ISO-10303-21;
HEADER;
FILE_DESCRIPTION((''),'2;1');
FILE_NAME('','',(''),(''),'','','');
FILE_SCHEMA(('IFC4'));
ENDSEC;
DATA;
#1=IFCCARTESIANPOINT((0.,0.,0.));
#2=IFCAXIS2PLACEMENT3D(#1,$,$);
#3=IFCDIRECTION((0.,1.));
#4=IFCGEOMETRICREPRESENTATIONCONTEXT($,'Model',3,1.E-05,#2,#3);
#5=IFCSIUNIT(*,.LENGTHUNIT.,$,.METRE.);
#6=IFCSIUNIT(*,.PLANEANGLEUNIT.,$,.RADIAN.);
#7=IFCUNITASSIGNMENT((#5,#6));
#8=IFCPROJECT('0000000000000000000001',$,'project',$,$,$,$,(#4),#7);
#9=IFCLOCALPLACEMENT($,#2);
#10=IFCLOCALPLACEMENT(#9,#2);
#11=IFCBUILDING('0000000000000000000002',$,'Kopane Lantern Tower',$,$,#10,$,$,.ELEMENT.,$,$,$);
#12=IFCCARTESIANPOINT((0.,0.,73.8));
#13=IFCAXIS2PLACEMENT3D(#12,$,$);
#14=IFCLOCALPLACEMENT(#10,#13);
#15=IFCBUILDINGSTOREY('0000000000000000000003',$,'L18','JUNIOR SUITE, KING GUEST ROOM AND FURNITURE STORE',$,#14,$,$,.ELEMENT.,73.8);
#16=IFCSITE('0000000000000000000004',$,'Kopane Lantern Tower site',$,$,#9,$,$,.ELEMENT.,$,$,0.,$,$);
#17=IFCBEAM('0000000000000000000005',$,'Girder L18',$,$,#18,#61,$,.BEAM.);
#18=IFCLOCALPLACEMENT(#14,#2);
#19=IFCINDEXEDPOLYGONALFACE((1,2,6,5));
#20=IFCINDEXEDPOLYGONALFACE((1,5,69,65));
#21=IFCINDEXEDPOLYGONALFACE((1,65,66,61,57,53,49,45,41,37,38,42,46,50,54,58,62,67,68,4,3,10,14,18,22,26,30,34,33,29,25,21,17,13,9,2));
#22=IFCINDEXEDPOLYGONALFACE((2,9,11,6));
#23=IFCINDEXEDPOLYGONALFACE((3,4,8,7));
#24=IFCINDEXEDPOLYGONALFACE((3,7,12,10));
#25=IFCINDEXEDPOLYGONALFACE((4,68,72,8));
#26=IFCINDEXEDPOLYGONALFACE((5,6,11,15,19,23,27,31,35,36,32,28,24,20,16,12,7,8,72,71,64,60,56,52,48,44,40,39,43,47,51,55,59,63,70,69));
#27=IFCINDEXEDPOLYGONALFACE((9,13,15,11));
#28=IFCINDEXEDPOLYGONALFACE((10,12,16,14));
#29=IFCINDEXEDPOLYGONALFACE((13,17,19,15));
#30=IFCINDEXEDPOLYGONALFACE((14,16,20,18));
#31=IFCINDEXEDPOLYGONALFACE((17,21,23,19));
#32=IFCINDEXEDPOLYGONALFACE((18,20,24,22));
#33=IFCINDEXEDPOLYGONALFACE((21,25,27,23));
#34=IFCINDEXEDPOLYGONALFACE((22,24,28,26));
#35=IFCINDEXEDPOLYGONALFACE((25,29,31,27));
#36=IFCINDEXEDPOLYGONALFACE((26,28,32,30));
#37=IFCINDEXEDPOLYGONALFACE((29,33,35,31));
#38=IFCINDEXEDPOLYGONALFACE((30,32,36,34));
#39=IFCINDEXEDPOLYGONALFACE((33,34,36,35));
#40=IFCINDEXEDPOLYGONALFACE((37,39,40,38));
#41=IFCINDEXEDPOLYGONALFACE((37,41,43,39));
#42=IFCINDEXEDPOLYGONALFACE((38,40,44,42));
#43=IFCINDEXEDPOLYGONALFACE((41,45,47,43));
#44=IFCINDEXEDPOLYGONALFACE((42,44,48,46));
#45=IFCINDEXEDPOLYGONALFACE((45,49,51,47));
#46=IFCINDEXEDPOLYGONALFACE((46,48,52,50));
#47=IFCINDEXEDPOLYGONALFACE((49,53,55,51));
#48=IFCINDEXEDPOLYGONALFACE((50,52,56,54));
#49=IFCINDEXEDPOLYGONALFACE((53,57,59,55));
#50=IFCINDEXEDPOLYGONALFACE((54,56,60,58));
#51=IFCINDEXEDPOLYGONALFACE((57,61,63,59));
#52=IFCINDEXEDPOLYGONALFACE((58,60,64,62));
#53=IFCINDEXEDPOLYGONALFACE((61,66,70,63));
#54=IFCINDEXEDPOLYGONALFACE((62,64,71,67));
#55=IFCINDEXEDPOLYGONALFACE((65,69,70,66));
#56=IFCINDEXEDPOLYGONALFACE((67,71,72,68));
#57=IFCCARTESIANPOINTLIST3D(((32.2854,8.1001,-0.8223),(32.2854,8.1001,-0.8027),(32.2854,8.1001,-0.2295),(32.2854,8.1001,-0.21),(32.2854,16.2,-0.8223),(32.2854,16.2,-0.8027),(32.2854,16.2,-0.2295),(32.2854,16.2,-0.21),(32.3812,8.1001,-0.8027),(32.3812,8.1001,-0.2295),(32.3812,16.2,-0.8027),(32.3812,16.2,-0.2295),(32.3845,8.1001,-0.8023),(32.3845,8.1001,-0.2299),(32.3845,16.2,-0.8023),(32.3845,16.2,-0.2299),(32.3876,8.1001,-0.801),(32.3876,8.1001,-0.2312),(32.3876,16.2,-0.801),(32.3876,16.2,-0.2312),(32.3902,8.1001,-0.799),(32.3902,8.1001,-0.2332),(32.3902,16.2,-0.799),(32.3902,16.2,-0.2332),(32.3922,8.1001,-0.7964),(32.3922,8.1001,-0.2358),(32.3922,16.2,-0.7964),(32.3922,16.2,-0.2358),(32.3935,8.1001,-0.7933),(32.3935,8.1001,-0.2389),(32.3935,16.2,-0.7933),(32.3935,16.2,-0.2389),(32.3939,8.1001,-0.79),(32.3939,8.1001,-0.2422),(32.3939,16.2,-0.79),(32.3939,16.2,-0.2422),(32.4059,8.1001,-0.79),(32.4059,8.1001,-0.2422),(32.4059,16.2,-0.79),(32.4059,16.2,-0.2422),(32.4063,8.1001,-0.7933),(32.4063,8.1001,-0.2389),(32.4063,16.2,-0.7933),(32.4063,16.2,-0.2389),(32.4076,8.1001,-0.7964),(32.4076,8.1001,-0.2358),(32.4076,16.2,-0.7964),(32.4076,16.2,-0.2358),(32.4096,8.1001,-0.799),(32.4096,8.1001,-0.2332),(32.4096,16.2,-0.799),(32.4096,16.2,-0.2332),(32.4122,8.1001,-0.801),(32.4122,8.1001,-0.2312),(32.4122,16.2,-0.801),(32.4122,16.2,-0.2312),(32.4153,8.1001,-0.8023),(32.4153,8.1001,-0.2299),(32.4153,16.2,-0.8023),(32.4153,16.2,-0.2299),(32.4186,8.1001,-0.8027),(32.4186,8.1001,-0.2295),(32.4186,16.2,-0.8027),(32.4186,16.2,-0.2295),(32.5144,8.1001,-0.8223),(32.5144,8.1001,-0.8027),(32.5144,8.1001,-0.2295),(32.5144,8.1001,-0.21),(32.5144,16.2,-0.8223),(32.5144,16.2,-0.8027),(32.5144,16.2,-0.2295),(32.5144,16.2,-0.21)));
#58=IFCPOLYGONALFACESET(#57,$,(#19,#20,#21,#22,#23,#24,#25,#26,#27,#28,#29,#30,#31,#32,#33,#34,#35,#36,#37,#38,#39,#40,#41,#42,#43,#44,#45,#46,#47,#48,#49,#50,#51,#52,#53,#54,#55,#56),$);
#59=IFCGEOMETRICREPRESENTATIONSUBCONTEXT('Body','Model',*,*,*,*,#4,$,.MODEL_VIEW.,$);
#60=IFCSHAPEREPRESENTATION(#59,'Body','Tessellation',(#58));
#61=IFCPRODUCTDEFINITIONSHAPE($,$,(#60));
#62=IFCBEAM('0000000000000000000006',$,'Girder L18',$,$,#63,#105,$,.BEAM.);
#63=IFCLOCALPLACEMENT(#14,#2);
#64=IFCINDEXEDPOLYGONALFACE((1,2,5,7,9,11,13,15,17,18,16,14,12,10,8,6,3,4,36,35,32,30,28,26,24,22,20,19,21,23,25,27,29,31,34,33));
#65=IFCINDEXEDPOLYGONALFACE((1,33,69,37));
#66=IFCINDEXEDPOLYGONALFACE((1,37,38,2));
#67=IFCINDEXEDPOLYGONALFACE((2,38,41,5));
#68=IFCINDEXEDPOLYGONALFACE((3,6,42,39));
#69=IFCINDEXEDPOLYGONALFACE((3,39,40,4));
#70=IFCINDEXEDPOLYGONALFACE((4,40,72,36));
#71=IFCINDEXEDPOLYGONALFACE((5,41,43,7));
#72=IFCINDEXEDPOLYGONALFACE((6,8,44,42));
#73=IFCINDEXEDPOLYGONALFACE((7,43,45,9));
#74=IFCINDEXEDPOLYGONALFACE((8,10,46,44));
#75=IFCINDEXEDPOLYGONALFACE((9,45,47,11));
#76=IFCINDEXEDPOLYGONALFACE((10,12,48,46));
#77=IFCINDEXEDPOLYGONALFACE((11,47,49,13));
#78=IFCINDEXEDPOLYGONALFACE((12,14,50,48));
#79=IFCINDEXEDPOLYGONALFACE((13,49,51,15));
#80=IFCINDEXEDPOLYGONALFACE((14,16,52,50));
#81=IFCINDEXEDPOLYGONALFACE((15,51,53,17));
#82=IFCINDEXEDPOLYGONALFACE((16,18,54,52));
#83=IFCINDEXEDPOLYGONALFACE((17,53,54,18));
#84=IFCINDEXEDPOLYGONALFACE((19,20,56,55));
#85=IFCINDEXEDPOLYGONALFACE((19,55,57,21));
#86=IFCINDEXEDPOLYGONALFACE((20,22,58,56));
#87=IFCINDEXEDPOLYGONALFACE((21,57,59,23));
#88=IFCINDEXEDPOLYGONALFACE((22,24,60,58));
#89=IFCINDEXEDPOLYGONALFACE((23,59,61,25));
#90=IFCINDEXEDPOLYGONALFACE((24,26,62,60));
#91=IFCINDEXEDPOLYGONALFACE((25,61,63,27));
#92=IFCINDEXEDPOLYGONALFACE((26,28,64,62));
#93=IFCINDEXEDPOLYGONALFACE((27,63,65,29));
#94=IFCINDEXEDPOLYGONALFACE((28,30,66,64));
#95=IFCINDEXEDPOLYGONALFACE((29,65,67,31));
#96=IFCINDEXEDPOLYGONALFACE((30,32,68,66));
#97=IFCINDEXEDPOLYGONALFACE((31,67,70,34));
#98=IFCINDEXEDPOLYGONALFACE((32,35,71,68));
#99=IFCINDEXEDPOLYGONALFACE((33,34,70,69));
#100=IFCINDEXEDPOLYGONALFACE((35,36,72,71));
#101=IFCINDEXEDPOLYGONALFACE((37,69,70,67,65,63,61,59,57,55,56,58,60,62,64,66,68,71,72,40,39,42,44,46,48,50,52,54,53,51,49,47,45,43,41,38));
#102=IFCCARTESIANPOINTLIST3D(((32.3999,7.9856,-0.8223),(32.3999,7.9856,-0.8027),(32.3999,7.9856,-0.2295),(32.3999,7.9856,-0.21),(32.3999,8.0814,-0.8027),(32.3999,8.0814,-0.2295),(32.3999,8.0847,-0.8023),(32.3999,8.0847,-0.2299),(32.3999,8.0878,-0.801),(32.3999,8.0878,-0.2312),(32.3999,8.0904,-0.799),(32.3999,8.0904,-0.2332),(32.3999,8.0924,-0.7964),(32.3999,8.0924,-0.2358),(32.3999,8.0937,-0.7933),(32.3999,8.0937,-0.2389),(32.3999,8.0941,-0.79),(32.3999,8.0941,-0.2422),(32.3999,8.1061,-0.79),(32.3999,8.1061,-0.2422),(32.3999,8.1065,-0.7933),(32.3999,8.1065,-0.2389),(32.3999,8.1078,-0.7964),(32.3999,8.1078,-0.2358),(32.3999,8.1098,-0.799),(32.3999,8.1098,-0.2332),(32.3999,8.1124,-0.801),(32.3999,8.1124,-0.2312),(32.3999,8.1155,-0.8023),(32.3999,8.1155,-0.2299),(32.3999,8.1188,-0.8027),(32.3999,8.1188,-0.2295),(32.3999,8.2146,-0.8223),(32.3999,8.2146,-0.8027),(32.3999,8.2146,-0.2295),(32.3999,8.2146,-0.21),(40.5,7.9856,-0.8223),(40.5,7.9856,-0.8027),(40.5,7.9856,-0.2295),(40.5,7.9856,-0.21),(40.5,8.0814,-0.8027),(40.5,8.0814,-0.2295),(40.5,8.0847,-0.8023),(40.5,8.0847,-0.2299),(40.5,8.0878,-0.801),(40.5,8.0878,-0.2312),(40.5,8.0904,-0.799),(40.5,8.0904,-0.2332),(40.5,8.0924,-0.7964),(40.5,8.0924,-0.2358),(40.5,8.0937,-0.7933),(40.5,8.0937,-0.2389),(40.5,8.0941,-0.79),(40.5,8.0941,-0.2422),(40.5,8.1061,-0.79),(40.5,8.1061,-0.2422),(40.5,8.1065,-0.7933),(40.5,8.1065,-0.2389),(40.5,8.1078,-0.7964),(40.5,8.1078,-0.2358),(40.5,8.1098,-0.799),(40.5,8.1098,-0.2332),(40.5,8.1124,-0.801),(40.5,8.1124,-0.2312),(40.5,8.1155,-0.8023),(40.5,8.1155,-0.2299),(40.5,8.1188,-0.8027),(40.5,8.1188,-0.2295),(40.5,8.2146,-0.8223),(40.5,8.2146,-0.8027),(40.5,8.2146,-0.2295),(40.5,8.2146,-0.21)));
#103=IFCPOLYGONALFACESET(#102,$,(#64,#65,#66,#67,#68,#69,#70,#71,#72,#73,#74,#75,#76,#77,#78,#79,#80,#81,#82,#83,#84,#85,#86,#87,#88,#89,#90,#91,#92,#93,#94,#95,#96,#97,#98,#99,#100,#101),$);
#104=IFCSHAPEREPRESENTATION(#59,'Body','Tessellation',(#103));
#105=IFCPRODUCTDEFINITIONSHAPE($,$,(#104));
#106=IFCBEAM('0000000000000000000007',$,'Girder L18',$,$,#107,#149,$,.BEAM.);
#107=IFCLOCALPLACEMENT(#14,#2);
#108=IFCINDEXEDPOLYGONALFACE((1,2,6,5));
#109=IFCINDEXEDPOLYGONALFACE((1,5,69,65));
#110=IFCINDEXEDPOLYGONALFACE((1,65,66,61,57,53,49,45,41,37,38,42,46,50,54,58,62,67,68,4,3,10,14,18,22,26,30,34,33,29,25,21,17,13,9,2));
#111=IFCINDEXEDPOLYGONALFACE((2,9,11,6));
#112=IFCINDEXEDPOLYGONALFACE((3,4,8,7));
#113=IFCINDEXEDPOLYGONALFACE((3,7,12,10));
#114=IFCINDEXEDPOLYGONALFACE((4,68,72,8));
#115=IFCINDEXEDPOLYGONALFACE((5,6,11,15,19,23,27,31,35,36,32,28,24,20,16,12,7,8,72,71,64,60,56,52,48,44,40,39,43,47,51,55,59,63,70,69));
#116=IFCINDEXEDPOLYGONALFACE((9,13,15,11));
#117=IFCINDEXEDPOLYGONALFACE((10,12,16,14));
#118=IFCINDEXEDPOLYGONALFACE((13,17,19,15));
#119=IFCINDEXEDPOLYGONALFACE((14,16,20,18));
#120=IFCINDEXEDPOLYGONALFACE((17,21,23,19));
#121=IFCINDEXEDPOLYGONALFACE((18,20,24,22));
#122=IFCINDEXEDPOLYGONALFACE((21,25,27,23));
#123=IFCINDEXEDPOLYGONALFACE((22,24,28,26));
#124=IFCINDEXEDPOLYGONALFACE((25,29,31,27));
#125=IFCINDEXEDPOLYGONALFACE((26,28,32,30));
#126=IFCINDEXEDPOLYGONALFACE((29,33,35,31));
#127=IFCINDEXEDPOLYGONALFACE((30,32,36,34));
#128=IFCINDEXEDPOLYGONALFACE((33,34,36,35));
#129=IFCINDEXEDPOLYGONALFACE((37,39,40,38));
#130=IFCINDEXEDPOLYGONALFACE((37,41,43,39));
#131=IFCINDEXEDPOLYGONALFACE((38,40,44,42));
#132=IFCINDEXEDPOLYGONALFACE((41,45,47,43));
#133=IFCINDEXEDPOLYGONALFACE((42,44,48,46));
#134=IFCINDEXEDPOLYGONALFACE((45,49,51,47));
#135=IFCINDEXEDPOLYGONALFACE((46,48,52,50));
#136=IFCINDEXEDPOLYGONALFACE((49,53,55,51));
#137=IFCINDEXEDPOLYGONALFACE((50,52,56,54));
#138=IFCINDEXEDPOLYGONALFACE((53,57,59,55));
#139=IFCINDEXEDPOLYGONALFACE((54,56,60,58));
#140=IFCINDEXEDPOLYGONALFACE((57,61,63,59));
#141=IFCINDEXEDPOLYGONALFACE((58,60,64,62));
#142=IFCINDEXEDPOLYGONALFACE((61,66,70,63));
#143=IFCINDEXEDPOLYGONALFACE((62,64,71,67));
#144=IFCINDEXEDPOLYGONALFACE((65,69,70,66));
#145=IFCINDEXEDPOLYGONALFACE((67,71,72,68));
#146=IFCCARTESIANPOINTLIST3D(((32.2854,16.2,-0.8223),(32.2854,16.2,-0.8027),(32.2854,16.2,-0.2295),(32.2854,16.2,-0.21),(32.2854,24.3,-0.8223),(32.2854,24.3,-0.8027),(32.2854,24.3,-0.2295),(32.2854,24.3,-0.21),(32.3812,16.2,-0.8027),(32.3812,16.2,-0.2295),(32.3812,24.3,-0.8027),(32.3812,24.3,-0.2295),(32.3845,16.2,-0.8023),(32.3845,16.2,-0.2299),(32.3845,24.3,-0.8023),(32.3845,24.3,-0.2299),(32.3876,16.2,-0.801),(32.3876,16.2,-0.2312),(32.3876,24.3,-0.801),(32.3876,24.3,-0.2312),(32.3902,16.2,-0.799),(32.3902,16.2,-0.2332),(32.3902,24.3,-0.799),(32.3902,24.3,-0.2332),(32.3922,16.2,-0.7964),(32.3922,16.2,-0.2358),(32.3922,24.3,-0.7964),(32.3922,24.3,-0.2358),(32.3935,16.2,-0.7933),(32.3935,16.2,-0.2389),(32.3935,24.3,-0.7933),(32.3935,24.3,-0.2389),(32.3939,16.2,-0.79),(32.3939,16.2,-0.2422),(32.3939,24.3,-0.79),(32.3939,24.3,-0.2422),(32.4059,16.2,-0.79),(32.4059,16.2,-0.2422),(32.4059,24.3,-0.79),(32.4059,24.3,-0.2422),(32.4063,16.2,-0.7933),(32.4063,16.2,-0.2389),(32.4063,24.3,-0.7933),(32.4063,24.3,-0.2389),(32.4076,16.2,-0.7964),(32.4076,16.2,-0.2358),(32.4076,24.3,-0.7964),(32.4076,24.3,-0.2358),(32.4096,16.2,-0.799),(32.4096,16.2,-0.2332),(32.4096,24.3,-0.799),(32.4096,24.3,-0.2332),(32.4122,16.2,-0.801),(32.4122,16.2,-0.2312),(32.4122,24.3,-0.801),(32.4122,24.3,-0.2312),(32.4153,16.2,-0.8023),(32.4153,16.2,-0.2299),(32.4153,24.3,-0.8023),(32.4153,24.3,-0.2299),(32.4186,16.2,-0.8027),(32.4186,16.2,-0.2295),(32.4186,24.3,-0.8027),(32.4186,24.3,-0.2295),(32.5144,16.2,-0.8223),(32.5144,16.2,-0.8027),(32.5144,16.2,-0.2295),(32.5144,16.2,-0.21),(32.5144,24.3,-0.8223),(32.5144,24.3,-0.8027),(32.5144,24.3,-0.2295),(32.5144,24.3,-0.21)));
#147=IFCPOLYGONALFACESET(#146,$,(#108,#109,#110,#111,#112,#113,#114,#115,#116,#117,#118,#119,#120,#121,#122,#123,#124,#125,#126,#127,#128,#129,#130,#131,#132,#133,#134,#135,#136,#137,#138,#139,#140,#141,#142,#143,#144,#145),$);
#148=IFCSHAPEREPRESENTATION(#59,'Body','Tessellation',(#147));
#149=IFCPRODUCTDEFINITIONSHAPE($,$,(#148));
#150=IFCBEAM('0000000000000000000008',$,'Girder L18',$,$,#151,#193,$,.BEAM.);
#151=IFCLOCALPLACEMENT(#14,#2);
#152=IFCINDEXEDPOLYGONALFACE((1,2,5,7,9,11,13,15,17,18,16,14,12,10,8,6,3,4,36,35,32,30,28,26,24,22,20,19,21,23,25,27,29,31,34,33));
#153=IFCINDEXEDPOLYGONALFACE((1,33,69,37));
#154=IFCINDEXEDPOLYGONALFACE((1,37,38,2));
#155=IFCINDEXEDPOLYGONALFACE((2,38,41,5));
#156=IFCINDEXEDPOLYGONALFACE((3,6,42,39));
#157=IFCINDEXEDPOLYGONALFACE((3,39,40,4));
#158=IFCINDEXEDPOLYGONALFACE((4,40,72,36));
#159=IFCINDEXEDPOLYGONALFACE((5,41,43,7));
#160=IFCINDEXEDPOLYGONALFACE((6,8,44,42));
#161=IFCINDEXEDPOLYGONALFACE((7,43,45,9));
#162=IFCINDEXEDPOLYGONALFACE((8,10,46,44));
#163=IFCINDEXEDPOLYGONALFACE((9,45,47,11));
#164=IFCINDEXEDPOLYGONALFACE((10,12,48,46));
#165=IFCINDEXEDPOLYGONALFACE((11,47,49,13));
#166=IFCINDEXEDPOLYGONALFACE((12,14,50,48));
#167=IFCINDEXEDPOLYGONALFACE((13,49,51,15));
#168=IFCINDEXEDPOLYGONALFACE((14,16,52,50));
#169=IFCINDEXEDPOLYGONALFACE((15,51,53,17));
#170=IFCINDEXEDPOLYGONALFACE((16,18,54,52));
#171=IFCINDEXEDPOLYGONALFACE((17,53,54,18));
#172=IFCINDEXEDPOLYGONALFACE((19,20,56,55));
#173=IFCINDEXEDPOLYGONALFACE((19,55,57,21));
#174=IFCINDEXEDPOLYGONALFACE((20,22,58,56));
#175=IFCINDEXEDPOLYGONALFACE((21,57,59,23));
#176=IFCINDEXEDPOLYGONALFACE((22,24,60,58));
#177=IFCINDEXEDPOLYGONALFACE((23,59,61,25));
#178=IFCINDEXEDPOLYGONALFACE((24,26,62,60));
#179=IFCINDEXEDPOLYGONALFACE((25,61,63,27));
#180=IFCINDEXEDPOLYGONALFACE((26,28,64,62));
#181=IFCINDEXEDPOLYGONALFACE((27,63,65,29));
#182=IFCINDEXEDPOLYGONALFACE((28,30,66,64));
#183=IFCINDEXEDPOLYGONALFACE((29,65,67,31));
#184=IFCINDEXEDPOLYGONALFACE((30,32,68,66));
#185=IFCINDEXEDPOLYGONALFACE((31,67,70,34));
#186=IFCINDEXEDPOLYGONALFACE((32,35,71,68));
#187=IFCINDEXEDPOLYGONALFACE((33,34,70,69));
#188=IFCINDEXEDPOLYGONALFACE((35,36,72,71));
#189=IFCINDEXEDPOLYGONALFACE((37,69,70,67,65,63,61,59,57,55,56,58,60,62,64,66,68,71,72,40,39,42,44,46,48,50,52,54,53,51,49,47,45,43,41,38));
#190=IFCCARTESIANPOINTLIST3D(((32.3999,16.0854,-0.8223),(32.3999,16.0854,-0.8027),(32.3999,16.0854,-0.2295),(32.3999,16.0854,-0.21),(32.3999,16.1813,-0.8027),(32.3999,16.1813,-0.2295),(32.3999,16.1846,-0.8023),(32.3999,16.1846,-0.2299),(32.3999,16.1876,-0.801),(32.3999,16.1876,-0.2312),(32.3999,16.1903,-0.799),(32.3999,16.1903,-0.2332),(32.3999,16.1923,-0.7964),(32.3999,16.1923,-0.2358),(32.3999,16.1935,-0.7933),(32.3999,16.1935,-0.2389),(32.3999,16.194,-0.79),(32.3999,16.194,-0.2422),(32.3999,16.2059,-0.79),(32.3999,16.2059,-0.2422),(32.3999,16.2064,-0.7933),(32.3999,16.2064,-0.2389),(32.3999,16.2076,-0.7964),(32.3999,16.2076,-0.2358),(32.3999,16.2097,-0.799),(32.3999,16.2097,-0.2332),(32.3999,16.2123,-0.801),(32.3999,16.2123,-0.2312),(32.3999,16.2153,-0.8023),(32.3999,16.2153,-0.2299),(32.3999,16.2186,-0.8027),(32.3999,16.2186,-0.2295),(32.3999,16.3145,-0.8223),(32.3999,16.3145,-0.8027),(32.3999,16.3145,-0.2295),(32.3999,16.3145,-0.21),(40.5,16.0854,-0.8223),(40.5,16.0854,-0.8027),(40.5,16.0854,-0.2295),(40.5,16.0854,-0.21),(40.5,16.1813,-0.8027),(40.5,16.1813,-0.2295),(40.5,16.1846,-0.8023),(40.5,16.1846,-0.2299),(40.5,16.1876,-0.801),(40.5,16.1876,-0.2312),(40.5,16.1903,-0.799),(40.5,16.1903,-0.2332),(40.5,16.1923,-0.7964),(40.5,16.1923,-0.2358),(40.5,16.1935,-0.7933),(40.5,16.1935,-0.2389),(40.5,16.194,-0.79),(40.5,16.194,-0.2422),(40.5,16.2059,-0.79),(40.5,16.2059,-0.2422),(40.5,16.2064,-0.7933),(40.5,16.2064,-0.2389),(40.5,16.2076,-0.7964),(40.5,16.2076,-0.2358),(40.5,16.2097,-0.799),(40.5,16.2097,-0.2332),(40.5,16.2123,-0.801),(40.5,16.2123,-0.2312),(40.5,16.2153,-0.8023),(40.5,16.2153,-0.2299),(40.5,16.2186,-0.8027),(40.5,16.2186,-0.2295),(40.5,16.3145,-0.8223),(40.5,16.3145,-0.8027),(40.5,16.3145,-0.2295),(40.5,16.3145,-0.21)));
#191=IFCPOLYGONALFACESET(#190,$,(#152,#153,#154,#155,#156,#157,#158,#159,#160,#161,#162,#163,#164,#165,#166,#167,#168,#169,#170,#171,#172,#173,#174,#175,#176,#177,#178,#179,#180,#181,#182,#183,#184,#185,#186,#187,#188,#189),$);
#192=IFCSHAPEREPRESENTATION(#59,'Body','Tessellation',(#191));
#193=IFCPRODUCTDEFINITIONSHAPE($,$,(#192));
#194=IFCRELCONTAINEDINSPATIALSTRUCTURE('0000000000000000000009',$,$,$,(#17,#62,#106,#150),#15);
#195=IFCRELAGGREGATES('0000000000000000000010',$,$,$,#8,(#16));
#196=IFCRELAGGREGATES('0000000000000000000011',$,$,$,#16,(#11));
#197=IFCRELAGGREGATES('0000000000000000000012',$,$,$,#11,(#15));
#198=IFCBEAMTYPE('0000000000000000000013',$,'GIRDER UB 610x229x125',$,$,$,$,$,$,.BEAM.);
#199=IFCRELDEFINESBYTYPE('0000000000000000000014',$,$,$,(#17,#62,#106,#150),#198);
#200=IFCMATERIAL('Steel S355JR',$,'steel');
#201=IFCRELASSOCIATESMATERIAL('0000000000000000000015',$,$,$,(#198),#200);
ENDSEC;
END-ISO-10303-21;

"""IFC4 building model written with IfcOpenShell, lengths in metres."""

from ifc_helpers import new_model, si_unit, direction, frame, origin, origin_2d, place, context, subcontext, project, spatial, i_section, extrude, material, material_profile, profile_set, type_object, element, save


model = new_model("IFC4")

# Units and contexts
model_context = context("Model", 3, precision=1e-05, world=origin(), true_north=direction((0.0, 1.0)))
body_context = subcontext(model_context, "Body", "Model", "MODEL_VIEW")
ifc_project = project(units=[si_unit("LENGTHUNIT", "METRE"), si_unit("PLANEANGLEUNIT", "RADIAN")], contexts=[model_context])

# Site, building, storey
site_placement = place(None, origin())
site = spatial("IfcSite", under=ifc_project, at=site_placement, Name="Kopane Lantern Tower site", CompositionType="ELEMENT", RefElevation=0.0)
building_placement = place(site_placement, origin())
building = spatial("IfcBuilding", under=site, at=building_placement, Name="Kopane Lantern Tower", CompositionType="ELEMENT")
storey_placement = place(building_placement, frame((0.0, 0.0, 73.8)))
storey = spatial("IfcBuildingStorey", under=building, at=storey_placement, Name="L18", Description="JUNIOR SUITE, KING GUEST ROOM AND FURNITURE STORE", CompositionType="ELEMENT", Elevation=73.8)

# Beams
ifc_material_1 = material(Name="Steel S355JR", Category="steel")
ifc_material_profile_1 = material_profile(ifc_material_1, i_section(OverallWidth=0.229, OverallDepth=0.6123, WebThickness=0.012, FlangeThickness=0.0195, FilletRadius=0.0127, at=origin_2d()), Name="UB 610x229x125")
ifc_profile_set_1 = profile_set([ifc_material_profile_1], Name="Steel S355JR")
beam_type = type_object("IfcBeamType", Name="GIRDER UB 610x229x125", PredefinedType="BEAM", material=ifc_profile_set_1)
beam_1_placement = place(storey_placement, frame((32.3999, 8.1001, -0.5161), z_axis=(0.0, 1.0, 0.0), x_axis=(-1.0, 0.0, 0.0)))
element("IfcBeam", 1, at=beam_1_placement, inside=storey, type_object=beam_type, Name="Girder L18", PredefinedType="BEAM", context=body_context, shape_type="SweptSolid", body=[
    extrude(i_section(OverallWidth=0.229, OverallDepth=0.6123, WebThickness=0.012, FlangeThickness=0.0195, FilletRadius=0.0127, at=origin_2d()), origin(), (0.0, 0.0, 1.0), 8.0999),
])
for number, where, z_axis, x_axis, name in (
    (2, (32.3999, 8.1001, -0.5161), (1.0, 0.0, 0.0), (0.0, 1.0, 0.0), "Girder L18"),
    (3, (32.3999, 16.2, -0.5161), (0.0, 1.0, 0.0), (-1.0, 0.0, 0.0), "Girder L18"),
    (4, (32.3999, 16.2, -0.5161), (1.0, 0.0, 0.0), (0.0, 1.0, 0.0), "Girder L18"),
):
    element("IfcBeam", number, at=place(storey_placement, frame(where, z_axis=z_axis, x_axis=x_axis)), inside=storey, type_object=beam_type, Name=name, PredefinedType="BEAM", context=body_context, shape_type="SweptSolid", body=[
        extrude(i_section(OverallWidth=0.229, OverallDepth=0.6123, WebThickness=0.012, FlangeThickness=0.0195, FilletRadius=0.0127, at=origin_2d()), origin(), (0.0, 0.0, 1.0), 8.1001),
    ])

save(model, "model.ifc")
